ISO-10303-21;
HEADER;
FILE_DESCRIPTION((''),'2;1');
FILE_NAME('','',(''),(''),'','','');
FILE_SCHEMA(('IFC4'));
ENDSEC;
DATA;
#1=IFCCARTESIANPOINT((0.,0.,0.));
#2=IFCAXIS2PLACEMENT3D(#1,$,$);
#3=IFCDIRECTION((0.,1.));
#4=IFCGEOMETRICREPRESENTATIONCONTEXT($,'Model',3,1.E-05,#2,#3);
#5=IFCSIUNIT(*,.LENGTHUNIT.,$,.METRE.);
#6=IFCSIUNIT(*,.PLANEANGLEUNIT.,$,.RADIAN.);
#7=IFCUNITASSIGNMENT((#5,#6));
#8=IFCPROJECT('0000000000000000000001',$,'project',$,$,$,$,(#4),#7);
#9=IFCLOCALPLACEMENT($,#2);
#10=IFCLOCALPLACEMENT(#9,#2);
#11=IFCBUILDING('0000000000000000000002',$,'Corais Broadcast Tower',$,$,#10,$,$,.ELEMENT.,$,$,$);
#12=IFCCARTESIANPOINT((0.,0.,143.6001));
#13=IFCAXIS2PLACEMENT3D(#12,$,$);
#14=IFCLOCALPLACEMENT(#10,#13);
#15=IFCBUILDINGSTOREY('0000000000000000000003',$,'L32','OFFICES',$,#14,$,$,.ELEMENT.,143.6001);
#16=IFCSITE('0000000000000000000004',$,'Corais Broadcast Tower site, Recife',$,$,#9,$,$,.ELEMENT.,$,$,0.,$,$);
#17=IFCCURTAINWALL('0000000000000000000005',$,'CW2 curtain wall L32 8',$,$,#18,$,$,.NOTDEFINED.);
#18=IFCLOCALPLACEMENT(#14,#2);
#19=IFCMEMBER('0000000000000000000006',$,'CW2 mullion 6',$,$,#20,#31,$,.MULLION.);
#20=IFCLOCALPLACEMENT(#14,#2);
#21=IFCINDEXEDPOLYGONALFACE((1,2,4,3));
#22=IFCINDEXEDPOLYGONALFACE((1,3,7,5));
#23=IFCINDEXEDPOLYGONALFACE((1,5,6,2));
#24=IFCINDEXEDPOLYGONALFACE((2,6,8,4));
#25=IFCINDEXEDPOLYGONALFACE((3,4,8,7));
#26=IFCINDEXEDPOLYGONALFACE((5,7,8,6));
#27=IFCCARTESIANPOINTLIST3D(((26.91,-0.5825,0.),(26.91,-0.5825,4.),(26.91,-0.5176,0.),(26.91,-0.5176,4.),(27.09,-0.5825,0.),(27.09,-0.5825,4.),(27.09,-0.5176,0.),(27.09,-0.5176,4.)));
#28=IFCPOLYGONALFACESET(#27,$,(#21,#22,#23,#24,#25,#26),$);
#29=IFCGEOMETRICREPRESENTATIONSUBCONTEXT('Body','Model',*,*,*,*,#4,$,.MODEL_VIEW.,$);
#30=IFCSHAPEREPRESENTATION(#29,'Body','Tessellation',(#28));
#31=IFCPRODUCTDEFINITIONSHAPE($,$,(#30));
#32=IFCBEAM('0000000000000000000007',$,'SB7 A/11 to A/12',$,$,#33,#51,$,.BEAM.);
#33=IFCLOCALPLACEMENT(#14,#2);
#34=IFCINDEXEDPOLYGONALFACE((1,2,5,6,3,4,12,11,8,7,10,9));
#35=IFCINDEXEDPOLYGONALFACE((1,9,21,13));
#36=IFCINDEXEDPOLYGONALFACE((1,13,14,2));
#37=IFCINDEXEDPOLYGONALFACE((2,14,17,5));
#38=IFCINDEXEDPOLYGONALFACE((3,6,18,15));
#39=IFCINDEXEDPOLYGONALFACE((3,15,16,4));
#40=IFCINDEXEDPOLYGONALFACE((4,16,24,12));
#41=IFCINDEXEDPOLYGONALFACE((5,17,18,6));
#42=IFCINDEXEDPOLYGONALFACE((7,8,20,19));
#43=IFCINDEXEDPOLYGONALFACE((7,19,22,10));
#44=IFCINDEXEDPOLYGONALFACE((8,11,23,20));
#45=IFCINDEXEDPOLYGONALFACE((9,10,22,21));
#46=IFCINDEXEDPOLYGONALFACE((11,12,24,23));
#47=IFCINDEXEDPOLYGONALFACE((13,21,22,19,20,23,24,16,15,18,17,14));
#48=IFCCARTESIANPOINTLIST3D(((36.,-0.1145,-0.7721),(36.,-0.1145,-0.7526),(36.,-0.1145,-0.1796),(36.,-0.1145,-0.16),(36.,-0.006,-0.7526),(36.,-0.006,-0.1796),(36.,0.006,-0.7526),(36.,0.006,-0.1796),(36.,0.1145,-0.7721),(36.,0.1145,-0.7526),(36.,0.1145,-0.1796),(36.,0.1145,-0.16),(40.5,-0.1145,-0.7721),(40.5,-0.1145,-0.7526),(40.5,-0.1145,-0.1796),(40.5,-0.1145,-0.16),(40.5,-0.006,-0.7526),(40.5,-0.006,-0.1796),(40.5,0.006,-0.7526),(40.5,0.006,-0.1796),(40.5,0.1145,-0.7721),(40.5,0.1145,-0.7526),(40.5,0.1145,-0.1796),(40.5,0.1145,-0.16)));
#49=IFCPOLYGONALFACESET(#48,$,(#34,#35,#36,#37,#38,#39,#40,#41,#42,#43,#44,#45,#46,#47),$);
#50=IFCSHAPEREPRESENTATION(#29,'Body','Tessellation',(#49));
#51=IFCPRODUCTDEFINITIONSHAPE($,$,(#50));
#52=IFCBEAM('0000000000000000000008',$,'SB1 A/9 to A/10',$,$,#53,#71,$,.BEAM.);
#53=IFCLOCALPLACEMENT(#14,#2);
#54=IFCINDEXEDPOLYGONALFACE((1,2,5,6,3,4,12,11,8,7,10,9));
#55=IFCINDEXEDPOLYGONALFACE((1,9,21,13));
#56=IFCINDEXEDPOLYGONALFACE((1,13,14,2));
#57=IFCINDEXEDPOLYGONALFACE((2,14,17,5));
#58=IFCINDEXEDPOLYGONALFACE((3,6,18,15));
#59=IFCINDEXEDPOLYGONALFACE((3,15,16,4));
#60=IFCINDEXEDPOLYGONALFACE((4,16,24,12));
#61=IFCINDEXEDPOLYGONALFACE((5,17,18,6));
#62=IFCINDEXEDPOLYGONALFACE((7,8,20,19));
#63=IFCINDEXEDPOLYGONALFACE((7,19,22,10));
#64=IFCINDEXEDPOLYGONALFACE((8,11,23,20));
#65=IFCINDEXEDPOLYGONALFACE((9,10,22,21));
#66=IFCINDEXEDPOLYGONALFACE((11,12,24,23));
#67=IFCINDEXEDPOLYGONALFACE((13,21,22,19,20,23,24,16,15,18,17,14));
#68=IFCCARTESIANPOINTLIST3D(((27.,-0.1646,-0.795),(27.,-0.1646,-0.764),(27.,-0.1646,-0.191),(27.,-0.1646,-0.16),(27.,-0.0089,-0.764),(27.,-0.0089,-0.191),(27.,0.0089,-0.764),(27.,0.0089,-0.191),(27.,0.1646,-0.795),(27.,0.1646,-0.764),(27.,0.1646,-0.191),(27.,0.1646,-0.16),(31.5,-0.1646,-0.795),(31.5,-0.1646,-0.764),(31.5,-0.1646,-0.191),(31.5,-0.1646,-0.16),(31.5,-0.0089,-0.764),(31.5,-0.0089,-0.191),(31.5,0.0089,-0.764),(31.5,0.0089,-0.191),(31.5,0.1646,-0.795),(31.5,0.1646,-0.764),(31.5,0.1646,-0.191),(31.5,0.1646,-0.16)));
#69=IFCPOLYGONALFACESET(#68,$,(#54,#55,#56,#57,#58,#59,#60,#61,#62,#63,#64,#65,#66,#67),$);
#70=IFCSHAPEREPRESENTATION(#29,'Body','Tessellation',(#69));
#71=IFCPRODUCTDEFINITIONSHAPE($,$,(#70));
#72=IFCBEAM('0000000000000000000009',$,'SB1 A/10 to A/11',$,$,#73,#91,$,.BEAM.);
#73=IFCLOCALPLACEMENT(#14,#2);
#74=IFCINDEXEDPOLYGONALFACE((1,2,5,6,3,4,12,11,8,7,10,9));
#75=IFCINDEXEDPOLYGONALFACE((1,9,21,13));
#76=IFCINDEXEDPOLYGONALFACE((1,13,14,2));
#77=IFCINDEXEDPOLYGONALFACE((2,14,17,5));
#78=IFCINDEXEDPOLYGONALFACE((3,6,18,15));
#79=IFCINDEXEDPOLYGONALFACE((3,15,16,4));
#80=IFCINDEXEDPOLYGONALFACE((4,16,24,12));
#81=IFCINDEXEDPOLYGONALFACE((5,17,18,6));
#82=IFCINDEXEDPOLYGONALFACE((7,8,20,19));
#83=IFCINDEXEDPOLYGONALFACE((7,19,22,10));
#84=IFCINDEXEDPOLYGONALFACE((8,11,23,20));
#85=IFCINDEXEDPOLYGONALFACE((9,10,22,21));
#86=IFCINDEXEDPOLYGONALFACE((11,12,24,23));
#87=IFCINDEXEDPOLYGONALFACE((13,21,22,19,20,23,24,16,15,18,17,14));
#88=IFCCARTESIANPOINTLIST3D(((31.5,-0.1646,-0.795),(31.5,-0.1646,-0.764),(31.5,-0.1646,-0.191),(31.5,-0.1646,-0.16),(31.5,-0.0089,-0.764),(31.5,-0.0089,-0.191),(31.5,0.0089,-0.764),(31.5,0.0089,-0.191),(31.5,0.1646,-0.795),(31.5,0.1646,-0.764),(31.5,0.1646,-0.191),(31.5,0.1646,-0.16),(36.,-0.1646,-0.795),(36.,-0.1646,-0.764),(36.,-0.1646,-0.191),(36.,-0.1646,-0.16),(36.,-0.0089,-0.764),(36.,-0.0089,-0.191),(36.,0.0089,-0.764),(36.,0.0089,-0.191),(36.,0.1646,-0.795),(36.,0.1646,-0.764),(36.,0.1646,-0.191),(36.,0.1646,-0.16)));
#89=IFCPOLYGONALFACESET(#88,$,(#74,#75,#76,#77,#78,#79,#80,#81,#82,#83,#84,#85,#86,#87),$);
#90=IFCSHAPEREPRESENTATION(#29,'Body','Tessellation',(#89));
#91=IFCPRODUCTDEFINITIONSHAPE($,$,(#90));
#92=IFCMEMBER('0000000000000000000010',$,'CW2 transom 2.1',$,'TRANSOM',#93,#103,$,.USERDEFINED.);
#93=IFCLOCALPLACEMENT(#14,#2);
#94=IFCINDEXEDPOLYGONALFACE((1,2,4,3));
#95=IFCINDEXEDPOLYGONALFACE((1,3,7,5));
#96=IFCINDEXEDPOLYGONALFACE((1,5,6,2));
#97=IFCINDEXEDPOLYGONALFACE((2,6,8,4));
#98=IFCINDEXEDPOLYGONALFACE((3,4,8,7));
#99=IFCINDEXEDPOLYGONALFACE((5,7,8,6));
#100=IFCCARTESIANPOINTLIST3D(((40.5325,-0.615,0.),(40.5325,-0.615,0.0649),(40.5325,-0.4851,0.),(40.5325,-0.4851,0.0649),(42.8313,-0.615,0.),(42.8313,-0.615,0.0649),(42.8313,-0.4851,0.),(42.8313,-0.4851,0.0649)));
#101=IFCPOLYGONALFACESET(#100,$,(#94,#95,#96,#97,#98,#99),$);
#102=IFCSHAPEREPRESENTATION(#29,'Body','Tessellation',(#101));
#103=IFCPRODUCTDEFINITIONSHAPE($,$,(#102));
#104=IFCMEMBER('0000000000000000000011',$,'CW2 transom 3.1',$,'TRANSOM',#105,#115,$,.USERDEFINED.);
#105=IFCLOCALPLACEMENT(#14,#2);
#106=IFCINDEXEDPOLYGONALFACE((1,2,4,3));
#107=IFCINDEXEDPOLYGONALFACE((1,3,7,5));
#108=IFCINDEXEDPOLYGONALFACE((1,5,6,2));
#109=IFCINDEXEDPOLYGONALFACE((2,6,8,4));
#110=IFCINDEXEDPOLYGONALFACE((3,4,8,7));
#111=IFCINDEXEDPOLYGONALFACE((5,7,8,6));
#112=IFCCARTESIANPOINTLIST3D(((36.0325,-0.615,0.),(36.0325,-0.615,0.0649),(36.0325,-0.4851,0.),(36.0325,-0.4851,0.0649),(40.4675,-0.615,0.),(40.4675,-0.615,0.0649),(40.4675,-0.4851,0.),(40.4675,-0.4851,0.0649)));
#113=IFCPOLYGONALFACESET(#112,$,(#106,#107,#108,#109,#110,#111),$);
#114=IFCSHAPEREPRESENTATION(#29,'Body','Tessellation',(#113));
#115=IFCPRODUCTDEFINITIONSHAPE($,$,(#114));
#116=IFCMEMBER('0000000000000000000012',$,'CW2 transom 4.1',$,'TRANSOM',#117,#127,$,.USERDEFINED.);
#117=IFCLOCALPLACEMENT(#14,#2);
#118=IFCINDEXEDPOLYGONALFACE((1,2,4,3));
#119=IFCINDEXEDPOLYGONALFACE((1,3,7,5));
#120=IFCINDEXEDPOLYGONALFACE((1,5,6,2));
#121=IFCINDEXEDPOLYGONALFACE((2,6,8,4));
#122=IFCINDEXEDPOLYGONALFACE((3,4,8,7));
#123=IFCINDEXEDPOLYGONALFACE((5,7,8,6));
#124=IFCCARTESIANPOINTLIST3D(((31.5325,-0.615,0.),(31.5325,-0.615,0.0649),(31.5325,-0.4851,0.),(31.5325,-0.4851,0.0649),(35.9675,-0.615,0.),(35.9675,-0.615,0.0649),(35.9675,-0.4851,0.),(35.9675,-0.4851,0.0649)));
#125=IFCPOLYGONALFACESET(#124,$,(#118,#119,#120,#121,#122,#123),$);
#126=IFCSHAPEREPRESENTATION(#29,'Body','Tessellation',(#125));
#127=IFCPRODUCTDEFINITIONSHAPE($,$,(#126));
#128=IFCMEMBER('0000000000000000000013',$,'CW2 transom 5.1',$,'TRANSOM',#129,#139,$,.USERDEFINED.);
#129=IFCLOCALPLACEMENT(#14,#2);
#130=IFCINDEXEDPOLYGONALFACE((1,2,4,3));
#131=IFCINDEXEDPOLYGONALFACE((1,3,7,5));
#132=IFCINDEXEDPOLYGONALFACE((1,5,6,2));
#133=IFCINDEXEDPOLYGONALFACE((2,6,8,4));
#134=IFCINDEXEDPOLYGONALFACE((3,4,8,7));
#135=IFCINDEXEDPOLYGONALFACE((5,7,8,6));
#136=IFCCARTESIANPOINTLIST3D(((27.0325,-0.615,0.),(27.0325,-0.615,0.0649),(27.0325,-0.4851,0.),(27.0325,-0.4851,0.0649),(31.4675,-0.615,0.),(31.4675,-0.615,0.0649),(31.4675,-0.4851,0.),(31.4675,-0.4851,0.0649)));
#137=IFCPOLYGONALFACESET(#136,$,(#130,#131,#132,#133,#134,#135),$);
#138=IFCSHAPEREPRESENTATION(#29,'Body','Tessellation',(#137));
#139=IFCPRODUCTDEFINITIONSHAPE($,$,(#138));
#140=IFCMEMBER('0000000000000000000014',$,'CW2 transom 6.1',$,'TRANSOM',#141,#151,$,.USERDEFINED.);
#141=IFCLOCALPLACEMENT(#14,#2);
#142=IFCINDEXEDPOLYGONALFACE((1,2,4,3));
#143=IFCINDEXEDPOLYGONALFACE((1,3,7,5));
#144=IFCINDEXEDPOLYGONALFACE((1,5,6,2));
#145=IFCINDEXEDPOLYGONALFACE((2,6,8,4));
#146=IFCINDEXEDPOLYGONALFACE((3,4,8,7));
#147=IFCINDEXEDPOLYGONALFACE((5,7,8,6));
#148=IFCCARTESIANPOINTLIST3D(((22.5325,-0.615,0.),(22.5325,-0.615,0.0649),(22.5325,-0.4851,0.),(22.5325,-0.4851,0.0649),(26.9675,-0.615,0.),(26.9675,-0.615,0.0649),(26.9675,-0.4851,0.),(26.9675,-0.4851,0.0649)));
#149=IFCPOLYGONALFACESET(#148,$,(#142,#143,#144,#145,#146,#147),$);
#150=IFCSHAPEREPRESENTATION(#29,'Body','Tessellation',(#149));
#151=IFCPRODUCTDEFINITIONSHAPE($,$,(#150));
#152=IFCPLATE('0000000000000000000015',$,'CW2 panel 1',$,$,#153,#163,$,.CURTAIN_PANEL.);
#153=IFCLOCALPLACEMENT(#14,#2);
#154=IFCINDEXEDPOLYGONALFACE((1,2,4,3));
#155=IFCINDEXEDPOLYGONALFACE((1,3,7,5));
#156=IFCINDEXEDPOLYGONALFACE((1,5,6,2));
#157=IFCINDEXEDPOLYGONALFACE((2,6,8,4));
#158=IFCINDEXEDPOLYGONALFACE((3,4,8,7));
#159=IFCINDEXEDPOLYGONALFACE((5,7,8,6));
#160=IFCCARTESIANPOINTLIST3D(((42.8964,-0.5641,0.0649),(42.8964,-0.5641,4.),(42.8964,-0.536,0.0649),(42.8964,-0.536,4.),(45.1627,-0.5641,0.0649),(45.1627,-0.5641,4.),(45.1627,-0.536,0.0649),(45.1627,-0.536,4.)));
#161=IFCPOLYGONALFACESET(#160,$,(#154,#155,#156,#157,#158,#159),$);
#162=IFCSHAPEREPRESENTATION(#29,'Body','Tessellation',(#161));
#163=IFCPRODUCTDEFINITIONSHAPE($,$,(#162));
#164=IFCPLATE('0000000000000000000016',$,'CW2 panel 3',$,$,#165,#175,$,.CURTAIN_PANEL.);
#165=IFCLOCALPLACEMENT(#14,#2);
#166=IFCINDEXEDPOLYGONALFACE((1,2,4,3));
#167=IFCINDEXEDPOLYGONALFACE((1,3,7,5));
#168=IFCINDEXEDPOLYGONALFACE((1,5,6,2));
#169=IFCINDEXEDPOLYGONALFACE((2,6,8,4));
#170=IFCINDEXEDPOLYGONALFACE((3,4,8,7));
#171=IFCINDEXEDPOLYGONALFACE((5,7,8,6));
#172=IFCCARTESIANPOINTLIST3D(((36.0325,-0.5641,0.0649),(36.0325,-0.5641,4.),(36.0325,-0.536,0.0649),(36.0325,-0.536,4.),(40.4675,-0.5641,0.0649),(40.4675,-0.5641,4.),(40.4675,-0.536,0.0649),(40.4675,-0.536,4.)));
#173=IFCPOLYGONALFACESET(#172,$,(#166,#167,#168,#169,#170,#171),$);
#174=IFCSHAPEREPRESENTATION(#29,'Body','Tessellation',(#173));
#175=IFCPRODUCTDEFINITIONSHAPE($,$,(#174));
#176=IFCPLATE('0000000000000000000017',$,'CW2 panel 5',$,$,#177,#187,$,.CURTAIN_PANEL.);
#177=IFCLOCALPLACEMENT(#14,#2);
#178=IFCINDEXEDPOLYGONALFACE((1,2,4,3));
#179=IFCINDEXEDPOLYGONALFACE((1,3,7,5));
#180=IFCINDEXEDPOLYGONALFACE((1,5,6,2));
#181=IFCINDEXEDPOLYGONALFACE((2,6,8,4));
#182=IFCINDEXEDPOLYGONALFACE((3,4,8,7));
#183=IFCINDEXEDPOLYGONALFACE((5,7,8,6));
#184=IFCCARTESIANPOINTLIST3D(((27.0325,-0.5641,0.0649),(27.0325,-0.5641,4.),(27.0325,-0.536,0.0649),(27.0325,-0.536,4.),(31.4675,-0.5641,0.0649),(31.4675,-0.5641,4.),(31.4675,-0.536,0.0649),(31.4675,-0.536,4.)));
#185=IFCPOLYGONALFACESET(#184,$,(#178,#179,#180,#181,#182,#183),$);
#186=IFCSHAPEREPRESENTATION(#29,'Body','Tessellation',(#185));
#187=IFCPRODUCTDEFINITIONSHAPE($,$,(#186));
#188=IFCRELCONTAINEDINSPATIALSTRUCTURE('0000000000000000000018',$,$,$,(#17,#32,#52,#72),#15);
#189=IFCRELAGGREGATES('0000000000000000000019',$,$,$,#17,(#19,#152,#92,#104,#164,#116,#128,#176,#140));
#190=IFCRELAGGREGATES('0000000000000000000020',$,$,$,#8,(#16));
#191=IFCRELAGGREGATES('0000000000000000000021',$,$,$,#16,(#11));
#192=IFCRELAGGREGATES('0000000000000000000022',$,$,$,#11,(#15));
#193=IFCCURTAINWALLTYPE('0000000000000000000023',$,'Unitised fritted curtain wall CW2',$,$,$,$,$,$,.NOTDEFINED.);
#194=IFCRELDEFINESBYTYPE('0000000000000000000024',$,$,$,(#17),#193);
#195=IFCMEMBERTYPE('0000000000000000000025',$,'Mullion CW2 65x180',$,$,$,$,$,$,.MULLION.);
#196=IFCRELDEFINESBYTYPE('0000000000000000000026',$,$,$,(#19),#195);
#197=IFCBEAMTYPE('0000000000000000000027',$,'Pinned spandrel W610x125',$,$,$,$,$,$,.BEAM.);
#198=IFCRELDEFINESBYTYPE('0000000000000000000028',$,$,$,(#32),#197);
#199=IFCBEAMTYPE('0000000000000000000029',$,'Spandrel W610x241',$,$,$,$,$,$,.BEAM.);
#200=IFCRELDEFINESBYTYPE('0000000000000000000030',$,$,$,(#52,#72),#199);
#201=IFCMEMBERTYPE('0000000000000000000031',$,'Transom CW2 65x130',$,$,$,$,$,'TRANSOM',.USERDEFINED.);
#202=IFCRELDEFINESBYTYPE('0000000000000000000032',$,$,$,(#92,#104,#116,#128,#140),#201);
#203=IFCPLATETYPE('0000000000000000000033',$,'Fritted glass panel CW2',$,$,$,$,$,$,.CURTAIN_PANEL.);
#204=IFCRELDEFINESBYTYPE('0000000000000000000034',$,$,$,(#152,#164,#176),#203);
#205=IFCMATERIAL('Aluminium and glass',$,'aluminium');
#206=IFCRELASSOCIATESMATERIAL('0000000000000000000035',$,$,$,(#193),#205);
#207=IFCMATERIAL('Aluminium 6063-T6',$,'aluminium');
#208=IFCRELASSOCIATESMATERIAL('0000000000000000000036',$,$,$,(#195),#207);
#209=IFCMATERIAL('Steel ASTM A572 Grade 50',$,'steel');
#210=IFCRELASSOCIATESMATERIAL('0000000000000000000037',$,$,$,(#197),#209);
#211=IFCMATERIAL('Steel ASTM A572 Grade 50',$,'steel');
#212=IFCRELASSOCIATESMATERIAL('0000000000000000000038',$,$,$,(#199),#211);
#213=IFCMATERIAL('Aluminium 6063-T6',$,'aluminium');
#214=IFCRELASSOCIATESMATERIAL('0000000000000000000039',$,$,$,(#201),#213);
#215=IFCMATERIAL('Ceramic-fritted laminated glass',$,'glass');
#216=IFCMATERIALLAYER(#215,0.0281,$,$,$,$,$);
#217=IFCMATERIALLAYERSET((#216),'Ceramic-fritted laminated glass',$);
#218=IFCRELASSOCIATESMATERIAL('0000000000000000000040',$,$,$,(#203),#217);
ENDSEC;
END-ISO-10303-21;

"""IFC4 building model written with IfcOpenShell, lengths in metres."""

from ifc_helpers import new_model, si_unit, direction, frame, origin, origin_2d, place, context, subcontext, project, spatial, rectangle, i_section, extrude, material, layer, layer_set, material_profile, profile_set, type_object, element, aggregate, save


model = new_model("IFC4")

# Units and contexts
model_context = context("Model", 3, precision=1e-05, world=origin(), true_north=direction((0.0, 1.0)))
body_context = subcontext(model_context, "Body", "Model", "MODEL_VIEW")
ifc_project = project(units=[si_unit("LENGTHUNIT", "METRE"), si_unit("PLANEANGLEUNIT", "RADIAN")], contexts=[model_context])

# Site, building, storey
site_placement = place(None, origin())
site = spatial("IfcSite", under=ifc_project, at=site_placement, Name="Corais Broadcast Tower site, Recife", CompositionType="ELEMENT", RefElevation=0.0)
building_placement = place(site_placement, origin())
building = spatial("IfcBuilding", under=site, at=building_placement, Name="Corais Broadcast Tower", CompositionType="ELEMENT")
storey_placement = place(building_placement, frame((0.0, 0.0, 143.6001)))
storey = spatial("IfcBuildingStorey", under=building, at=storey_placement, Name="L32", Description="OFFICES", CompositionType="ELEMENT", Elevation=143.6001)

# Curtain wall, member
ifc_material_1 = material(Name="Aluminium and glass", Category="aluminium")
curtain_wall_type = type_object("IfcCurtainWallType", Name="Unitised fritted curtain wall CW2", PredefinedType="NOTDEFINED", material=ifc_material_1)
curtain_wall_placement = place(storey_placement, origin())
curtain_wall = element("IfcCurtainWall", 1, at=curtain_wall_placement, inside=storey, type_object=curtain_wall_type, Name="CW2 curtain wall L32 8", PredefinedType="NOTDEFINED")
ifc_material_2 = material(Name="Aluminium 6063-T6", Category="aluminium")
ifc_material_profile_1 = material_profile(ifc_material_2, rectangle(XDim=0.0649, YDim=0.1799, at=origin_2d()), Name="Mullion CW2 65x180")
ifc_profile_set_1 = profile_set([ifc_material_profile_1], Name="Aluminium 6063-T6")
member_type_1 = type_object("IfcMemberType", Name="Mullion CW2 65x180", PredefinedType="MULLION", material=ifc_profile_set_1)
member_1_placement = place(storey_placement, frame((27.0, -0.55, 0.0), z_axis=(0.0, 0.0, 1.0), x_axis=(0.0, -1.0, 0.0)))
member_1 = element("IfcMember", 2, at=member_1_placement, type_object=member_type_1, Name="CW2 mullion 6", PredefinedType="MULLION", context=body_context, shape_type="SweptSolid", body=[
    extrude(rectangle(XDim=0.0649, YDim=0.1799, at=origin_2d()), origin(), (0.0, 0.0, 1.0), 4.0),
])

# Beams
ifc_material_3 = material(Name="Steel ASTM A572 Grade 50", Category="steel")
ifc_material_profile_2 = material_profile(ifc_material_3, i_section(OverallWidth=0.229, OverallDepth=0.6121, WebThickness=0.012, FlangeThickness=0.0195, at=origin_2d()), Name="W610x125")
ifc_profile_set_2 = profile_set([ifc_material_profile_2], Name="Steel ASTM A572 Grade 50")
beam_type_1 = type_object("IfcBeamType", Name="Pinned spandrel W610x125", PredefinedType="BEAM", material=ifc_profile_set_2)
beam_placement = place(storey_placement, frame((36.0, 0.0, -0.4661), z_axis=(1.0, 0.0, 0.0), x_axis=(0.0, 1.0, 0.0)))
element("IfcBeam", 3, at=beam_placement, inside=storey, type_object=beam_type_1, Name="SB7 A/11 to A/12", PredefinedType="BEAM", context=body_context, shape_type="SweptSolid", body=[
    extrude(i_section(OverallWidth=0.229, OverallDepth=0.6121, WebThickness=0.012, FlangeThickness=0.0195, at=origin_2d()), origin(), (0.0, 0.0, 1.0), 4.5),
])
ifc_material_4 = material(Name="Steel ASTM A572 Grade 50", Category="steel")
ifc_material_profile_3 = material_profile(ifc_material_4, i_section(OverallWidth=0.3291, OverallDepth=0.635, WebThickness=0.0178, FlangeThickness=0.031, at=origin_2d()), Name="W610x241")
ifc_profile_set_3 = profile_set([ifc_material_profile_3], Name="Steel ASTM A572 Grade 50")
beam_type_2 = type_object("IfcBeamType", Name="Spandrel W610x241", PredefinedType="BEAM", material=ifc_profile_set_3)
for number, where, z_axis, x_axis, name in (
    (4, (27.0, 0.0, -0.4775), (1.0, 0.0, 0.0), (0.0, 1.0, 0.0), "SB1 A/9 to A/10"),
    (5, (31.5, 0.0, -0.4775), (1.0, 0.0, 0.0), (0.0, 1.0, 0.0), "SB1 A/10 to A/11"),
):
    element("IfcBeam", number, at=place(storey_placement, frame(where, z_axis=z_axis, x_axis=x_axis)), inside=storey, type_object=beam_type_2, Name=name, PredefinedType="BEAM", context=body_context, shape_type="SweptSolid", body=[
        extrude(i_section(OverallWidth=0.3291, OverallDepth=0.635, WebThickness=0.0178, FlangeThickness=0.031, at=origin_2d()), origin(), (0.0, 0.0, 1.0), 4.5),
    ])

# Members
ifc_material_5 = material(Name="Aluminium 6063-T6", Category="aluminium")
ifc_material_profile_4 = material_profile(ifc_material_5, rectangle(XDim=0.1299, YDim=0.0649, at=origin_2d()), Name="Transom CW2 65x130")
ifc_profile_set_4 = profile_set([ifc_material_profile_4], Name="Aluminium 6063-T6")
member_type_2 = type_object("IfcMemberType", Name="Transom CW2 65x130", ElementType="TRANSOM", PredefinedType="USERDEFINED", material=ifc_profile_set_4)
member_2_placement = place(storey_placement, frame((42.8313, -0.55, 0.0325), z_axis=(-1.0, 0.0, 0.0), x_axis=(0.0, -1.0, 0.0)))
member_2 = element("IfcMember", 6, at=member_2_placement, type_object=member_type_2, Name="CW2 transom 2.1", ObjectType="TRANSOM", PredefinedType="USERDEFINED", context=body_context, shape_type="SweptSolid", body=[
    extrude(rectangle(XDim=0.1299, YDim=0.0649, at=origin_2d()), origin(), (0.0, 0.0, 1.0), 2.2988),
])
member_3_placement = place(storey_placement, frame((40.4675, -0.55, 0.0325), z_axis=(-1.0, 0.0, 0.0), x_axis=(0.0, -1.0, 0.0)))
member_3 = element("IfcMember", 7, at=member_3_placement, type_object=member_type_2, Name="CW2 transom 3.1", ObjectType="TRANSOM", PredefinedType="USERDEFINED", context=body_context, shape_type="SweptSolid", body=[
    extrude(rectangle(XDim=0.1299, YDim=0.0649, at=origin_2d()), origin(), (0.0, 0.0, 1.0), 4.4351),
])
member_4_placement = place(storey_placement, frame((35.9675, -0.55, 0.0325), z_axis=(-1.0, 0.0, 0.0), x_axis=(0.0, -1.0, 0.0)))
member_4 = element("IfcMember", 8, at=member_4_placement, type_object=member_type_2, Name="CW2 transom 4.1", ObjectType="TRANSOM", PredefinedType="USERDEFINED", context=body_context, shape_type="SweptSolid", body=[
    extrude(rectangle(XDim=0.1299, YDim=0.0649, at=origin_2d()), origin(), (0.0, 0.0, 1.0), 4.4351),
])
member_5_placement = place(storey_placement, frame((31.4675, -0.55, 0.0325), z_axis=(-1.0, 0.0, 0.0), x_axis=(0.0, -1.0, 0.0)))
member_5 = element("IfcMember", 9, at=member_5_placement, type_object=member_type_2, Name="CW2 transom 5.1", ObjectType="TRANSOM", PredefinedType="USERDEFINED", context=body_context, shape_type="SweptSolid", body=[
    extrude(rectangle(XDim=0.1299, YDim=0.0649, at=origin_2d()), origin(), (0.0, 0.0, 1.0), 4.4351),
])
member_6_placement = place(storey_placement, frame((26.9675, -0.55, 0.0325), z_axis=(-1.0, 0.0, 0.0), x_axis=(0.0, -1.0, 0.0)))
member_6 = element("IfcMember", 10, at=member_6_placement, type_object=member_type_2, Name="CW2 transom 6.1", ObjectType="TRANSOM", PredefinedType="USERDEFINED", context=body_context, shape_type="SweptSolid", body=[
    extrude(rectangle(XDim=0.1299, YDim=0.0649, at=origin_2d()), origin(), (0.0, 0.0, 1.0), 4.4351),
])

# Plates
ifc_material_6 = material(Name="Ceramic-fritted laminated glass", Category="glass")
ifc_layer_1 = layer(ifc_material_6, 0.0281)
ifc_layer_set_1 = layer_set([ifc_layer_1], Name="Ceramic-fritted laminated glass")
plate_type_1 = type_object("IfcPlateType", Name="Fritted glass panel CW2", PredefinedType="CURTAIN_PANEL", material=ifc_layer_set_1)
plate_1_placement = place(storey_placement, frame((44.0295, -0.55, 0.0649), z_axis=(0.0, 0.0, 1.0), x_axis=(-1.0, 0.0, 0.0)))
plate_1 = element("IfcPlate", 11, at=plate_1_placement, type_object=plate_type_1, Name="CW2 panel 1", PredefinedType="CURTAIN_PANEL", context=body_context, shape_type="SweptSolid", body=[
    extrude(rectangle(XDim=2.2664, YDim=0.0281, at=origin_2d()), origin(), (0.0, 0.0, 1.0), 3.9351),
])
plate_2_placement = place(storey_placement, frame((38.25, -0.55, 0.0649), z_axis=(0.0, 0.0, 1.0), x_axis=(-1.0, 0.0, 0.0)))
plate_2 = element("IfcPlate", 12, at=plate_2_placement, type_object=plate_type_1, Name="CW2 panel 3", PredefinedType="CURTAIN_PANEL", context=body_context, shape_type="SweptSolid", body=[
    extrude(rectangle(XDim=4.4351, YDim=0.0281, at=origin_2d()), origin(), (0.0, 0.0, 1.0), 3.9351),
])
plate_3_placement = place(storey_placement, frame((29.25, -0.55, 0.0649), z_axis=(0.0, 0.0, 1.0), x_axis=(-1.0, 0.0, 0.0)))
plate_3 = element("IfcPlate", 13, at=plate_3_placement, type_object=plate_type_1, Name="CW2 panel 5", PredefinedType="CURTAIN_PANEL", context=body_context, shape_type="SweptSolid", body=[
    extrude(rectangle(XDim=4.4351, YDim=0.0281, at=origin_2d()), origin(), (0.0, 0.0, 1.0), 3.9351),
])
aggregate(curtain_wall, [member_1, plate_1, member_2, member_3, plate_2, member_4, member_5, plate_3, member_6])

save(model, "model.ifc")
